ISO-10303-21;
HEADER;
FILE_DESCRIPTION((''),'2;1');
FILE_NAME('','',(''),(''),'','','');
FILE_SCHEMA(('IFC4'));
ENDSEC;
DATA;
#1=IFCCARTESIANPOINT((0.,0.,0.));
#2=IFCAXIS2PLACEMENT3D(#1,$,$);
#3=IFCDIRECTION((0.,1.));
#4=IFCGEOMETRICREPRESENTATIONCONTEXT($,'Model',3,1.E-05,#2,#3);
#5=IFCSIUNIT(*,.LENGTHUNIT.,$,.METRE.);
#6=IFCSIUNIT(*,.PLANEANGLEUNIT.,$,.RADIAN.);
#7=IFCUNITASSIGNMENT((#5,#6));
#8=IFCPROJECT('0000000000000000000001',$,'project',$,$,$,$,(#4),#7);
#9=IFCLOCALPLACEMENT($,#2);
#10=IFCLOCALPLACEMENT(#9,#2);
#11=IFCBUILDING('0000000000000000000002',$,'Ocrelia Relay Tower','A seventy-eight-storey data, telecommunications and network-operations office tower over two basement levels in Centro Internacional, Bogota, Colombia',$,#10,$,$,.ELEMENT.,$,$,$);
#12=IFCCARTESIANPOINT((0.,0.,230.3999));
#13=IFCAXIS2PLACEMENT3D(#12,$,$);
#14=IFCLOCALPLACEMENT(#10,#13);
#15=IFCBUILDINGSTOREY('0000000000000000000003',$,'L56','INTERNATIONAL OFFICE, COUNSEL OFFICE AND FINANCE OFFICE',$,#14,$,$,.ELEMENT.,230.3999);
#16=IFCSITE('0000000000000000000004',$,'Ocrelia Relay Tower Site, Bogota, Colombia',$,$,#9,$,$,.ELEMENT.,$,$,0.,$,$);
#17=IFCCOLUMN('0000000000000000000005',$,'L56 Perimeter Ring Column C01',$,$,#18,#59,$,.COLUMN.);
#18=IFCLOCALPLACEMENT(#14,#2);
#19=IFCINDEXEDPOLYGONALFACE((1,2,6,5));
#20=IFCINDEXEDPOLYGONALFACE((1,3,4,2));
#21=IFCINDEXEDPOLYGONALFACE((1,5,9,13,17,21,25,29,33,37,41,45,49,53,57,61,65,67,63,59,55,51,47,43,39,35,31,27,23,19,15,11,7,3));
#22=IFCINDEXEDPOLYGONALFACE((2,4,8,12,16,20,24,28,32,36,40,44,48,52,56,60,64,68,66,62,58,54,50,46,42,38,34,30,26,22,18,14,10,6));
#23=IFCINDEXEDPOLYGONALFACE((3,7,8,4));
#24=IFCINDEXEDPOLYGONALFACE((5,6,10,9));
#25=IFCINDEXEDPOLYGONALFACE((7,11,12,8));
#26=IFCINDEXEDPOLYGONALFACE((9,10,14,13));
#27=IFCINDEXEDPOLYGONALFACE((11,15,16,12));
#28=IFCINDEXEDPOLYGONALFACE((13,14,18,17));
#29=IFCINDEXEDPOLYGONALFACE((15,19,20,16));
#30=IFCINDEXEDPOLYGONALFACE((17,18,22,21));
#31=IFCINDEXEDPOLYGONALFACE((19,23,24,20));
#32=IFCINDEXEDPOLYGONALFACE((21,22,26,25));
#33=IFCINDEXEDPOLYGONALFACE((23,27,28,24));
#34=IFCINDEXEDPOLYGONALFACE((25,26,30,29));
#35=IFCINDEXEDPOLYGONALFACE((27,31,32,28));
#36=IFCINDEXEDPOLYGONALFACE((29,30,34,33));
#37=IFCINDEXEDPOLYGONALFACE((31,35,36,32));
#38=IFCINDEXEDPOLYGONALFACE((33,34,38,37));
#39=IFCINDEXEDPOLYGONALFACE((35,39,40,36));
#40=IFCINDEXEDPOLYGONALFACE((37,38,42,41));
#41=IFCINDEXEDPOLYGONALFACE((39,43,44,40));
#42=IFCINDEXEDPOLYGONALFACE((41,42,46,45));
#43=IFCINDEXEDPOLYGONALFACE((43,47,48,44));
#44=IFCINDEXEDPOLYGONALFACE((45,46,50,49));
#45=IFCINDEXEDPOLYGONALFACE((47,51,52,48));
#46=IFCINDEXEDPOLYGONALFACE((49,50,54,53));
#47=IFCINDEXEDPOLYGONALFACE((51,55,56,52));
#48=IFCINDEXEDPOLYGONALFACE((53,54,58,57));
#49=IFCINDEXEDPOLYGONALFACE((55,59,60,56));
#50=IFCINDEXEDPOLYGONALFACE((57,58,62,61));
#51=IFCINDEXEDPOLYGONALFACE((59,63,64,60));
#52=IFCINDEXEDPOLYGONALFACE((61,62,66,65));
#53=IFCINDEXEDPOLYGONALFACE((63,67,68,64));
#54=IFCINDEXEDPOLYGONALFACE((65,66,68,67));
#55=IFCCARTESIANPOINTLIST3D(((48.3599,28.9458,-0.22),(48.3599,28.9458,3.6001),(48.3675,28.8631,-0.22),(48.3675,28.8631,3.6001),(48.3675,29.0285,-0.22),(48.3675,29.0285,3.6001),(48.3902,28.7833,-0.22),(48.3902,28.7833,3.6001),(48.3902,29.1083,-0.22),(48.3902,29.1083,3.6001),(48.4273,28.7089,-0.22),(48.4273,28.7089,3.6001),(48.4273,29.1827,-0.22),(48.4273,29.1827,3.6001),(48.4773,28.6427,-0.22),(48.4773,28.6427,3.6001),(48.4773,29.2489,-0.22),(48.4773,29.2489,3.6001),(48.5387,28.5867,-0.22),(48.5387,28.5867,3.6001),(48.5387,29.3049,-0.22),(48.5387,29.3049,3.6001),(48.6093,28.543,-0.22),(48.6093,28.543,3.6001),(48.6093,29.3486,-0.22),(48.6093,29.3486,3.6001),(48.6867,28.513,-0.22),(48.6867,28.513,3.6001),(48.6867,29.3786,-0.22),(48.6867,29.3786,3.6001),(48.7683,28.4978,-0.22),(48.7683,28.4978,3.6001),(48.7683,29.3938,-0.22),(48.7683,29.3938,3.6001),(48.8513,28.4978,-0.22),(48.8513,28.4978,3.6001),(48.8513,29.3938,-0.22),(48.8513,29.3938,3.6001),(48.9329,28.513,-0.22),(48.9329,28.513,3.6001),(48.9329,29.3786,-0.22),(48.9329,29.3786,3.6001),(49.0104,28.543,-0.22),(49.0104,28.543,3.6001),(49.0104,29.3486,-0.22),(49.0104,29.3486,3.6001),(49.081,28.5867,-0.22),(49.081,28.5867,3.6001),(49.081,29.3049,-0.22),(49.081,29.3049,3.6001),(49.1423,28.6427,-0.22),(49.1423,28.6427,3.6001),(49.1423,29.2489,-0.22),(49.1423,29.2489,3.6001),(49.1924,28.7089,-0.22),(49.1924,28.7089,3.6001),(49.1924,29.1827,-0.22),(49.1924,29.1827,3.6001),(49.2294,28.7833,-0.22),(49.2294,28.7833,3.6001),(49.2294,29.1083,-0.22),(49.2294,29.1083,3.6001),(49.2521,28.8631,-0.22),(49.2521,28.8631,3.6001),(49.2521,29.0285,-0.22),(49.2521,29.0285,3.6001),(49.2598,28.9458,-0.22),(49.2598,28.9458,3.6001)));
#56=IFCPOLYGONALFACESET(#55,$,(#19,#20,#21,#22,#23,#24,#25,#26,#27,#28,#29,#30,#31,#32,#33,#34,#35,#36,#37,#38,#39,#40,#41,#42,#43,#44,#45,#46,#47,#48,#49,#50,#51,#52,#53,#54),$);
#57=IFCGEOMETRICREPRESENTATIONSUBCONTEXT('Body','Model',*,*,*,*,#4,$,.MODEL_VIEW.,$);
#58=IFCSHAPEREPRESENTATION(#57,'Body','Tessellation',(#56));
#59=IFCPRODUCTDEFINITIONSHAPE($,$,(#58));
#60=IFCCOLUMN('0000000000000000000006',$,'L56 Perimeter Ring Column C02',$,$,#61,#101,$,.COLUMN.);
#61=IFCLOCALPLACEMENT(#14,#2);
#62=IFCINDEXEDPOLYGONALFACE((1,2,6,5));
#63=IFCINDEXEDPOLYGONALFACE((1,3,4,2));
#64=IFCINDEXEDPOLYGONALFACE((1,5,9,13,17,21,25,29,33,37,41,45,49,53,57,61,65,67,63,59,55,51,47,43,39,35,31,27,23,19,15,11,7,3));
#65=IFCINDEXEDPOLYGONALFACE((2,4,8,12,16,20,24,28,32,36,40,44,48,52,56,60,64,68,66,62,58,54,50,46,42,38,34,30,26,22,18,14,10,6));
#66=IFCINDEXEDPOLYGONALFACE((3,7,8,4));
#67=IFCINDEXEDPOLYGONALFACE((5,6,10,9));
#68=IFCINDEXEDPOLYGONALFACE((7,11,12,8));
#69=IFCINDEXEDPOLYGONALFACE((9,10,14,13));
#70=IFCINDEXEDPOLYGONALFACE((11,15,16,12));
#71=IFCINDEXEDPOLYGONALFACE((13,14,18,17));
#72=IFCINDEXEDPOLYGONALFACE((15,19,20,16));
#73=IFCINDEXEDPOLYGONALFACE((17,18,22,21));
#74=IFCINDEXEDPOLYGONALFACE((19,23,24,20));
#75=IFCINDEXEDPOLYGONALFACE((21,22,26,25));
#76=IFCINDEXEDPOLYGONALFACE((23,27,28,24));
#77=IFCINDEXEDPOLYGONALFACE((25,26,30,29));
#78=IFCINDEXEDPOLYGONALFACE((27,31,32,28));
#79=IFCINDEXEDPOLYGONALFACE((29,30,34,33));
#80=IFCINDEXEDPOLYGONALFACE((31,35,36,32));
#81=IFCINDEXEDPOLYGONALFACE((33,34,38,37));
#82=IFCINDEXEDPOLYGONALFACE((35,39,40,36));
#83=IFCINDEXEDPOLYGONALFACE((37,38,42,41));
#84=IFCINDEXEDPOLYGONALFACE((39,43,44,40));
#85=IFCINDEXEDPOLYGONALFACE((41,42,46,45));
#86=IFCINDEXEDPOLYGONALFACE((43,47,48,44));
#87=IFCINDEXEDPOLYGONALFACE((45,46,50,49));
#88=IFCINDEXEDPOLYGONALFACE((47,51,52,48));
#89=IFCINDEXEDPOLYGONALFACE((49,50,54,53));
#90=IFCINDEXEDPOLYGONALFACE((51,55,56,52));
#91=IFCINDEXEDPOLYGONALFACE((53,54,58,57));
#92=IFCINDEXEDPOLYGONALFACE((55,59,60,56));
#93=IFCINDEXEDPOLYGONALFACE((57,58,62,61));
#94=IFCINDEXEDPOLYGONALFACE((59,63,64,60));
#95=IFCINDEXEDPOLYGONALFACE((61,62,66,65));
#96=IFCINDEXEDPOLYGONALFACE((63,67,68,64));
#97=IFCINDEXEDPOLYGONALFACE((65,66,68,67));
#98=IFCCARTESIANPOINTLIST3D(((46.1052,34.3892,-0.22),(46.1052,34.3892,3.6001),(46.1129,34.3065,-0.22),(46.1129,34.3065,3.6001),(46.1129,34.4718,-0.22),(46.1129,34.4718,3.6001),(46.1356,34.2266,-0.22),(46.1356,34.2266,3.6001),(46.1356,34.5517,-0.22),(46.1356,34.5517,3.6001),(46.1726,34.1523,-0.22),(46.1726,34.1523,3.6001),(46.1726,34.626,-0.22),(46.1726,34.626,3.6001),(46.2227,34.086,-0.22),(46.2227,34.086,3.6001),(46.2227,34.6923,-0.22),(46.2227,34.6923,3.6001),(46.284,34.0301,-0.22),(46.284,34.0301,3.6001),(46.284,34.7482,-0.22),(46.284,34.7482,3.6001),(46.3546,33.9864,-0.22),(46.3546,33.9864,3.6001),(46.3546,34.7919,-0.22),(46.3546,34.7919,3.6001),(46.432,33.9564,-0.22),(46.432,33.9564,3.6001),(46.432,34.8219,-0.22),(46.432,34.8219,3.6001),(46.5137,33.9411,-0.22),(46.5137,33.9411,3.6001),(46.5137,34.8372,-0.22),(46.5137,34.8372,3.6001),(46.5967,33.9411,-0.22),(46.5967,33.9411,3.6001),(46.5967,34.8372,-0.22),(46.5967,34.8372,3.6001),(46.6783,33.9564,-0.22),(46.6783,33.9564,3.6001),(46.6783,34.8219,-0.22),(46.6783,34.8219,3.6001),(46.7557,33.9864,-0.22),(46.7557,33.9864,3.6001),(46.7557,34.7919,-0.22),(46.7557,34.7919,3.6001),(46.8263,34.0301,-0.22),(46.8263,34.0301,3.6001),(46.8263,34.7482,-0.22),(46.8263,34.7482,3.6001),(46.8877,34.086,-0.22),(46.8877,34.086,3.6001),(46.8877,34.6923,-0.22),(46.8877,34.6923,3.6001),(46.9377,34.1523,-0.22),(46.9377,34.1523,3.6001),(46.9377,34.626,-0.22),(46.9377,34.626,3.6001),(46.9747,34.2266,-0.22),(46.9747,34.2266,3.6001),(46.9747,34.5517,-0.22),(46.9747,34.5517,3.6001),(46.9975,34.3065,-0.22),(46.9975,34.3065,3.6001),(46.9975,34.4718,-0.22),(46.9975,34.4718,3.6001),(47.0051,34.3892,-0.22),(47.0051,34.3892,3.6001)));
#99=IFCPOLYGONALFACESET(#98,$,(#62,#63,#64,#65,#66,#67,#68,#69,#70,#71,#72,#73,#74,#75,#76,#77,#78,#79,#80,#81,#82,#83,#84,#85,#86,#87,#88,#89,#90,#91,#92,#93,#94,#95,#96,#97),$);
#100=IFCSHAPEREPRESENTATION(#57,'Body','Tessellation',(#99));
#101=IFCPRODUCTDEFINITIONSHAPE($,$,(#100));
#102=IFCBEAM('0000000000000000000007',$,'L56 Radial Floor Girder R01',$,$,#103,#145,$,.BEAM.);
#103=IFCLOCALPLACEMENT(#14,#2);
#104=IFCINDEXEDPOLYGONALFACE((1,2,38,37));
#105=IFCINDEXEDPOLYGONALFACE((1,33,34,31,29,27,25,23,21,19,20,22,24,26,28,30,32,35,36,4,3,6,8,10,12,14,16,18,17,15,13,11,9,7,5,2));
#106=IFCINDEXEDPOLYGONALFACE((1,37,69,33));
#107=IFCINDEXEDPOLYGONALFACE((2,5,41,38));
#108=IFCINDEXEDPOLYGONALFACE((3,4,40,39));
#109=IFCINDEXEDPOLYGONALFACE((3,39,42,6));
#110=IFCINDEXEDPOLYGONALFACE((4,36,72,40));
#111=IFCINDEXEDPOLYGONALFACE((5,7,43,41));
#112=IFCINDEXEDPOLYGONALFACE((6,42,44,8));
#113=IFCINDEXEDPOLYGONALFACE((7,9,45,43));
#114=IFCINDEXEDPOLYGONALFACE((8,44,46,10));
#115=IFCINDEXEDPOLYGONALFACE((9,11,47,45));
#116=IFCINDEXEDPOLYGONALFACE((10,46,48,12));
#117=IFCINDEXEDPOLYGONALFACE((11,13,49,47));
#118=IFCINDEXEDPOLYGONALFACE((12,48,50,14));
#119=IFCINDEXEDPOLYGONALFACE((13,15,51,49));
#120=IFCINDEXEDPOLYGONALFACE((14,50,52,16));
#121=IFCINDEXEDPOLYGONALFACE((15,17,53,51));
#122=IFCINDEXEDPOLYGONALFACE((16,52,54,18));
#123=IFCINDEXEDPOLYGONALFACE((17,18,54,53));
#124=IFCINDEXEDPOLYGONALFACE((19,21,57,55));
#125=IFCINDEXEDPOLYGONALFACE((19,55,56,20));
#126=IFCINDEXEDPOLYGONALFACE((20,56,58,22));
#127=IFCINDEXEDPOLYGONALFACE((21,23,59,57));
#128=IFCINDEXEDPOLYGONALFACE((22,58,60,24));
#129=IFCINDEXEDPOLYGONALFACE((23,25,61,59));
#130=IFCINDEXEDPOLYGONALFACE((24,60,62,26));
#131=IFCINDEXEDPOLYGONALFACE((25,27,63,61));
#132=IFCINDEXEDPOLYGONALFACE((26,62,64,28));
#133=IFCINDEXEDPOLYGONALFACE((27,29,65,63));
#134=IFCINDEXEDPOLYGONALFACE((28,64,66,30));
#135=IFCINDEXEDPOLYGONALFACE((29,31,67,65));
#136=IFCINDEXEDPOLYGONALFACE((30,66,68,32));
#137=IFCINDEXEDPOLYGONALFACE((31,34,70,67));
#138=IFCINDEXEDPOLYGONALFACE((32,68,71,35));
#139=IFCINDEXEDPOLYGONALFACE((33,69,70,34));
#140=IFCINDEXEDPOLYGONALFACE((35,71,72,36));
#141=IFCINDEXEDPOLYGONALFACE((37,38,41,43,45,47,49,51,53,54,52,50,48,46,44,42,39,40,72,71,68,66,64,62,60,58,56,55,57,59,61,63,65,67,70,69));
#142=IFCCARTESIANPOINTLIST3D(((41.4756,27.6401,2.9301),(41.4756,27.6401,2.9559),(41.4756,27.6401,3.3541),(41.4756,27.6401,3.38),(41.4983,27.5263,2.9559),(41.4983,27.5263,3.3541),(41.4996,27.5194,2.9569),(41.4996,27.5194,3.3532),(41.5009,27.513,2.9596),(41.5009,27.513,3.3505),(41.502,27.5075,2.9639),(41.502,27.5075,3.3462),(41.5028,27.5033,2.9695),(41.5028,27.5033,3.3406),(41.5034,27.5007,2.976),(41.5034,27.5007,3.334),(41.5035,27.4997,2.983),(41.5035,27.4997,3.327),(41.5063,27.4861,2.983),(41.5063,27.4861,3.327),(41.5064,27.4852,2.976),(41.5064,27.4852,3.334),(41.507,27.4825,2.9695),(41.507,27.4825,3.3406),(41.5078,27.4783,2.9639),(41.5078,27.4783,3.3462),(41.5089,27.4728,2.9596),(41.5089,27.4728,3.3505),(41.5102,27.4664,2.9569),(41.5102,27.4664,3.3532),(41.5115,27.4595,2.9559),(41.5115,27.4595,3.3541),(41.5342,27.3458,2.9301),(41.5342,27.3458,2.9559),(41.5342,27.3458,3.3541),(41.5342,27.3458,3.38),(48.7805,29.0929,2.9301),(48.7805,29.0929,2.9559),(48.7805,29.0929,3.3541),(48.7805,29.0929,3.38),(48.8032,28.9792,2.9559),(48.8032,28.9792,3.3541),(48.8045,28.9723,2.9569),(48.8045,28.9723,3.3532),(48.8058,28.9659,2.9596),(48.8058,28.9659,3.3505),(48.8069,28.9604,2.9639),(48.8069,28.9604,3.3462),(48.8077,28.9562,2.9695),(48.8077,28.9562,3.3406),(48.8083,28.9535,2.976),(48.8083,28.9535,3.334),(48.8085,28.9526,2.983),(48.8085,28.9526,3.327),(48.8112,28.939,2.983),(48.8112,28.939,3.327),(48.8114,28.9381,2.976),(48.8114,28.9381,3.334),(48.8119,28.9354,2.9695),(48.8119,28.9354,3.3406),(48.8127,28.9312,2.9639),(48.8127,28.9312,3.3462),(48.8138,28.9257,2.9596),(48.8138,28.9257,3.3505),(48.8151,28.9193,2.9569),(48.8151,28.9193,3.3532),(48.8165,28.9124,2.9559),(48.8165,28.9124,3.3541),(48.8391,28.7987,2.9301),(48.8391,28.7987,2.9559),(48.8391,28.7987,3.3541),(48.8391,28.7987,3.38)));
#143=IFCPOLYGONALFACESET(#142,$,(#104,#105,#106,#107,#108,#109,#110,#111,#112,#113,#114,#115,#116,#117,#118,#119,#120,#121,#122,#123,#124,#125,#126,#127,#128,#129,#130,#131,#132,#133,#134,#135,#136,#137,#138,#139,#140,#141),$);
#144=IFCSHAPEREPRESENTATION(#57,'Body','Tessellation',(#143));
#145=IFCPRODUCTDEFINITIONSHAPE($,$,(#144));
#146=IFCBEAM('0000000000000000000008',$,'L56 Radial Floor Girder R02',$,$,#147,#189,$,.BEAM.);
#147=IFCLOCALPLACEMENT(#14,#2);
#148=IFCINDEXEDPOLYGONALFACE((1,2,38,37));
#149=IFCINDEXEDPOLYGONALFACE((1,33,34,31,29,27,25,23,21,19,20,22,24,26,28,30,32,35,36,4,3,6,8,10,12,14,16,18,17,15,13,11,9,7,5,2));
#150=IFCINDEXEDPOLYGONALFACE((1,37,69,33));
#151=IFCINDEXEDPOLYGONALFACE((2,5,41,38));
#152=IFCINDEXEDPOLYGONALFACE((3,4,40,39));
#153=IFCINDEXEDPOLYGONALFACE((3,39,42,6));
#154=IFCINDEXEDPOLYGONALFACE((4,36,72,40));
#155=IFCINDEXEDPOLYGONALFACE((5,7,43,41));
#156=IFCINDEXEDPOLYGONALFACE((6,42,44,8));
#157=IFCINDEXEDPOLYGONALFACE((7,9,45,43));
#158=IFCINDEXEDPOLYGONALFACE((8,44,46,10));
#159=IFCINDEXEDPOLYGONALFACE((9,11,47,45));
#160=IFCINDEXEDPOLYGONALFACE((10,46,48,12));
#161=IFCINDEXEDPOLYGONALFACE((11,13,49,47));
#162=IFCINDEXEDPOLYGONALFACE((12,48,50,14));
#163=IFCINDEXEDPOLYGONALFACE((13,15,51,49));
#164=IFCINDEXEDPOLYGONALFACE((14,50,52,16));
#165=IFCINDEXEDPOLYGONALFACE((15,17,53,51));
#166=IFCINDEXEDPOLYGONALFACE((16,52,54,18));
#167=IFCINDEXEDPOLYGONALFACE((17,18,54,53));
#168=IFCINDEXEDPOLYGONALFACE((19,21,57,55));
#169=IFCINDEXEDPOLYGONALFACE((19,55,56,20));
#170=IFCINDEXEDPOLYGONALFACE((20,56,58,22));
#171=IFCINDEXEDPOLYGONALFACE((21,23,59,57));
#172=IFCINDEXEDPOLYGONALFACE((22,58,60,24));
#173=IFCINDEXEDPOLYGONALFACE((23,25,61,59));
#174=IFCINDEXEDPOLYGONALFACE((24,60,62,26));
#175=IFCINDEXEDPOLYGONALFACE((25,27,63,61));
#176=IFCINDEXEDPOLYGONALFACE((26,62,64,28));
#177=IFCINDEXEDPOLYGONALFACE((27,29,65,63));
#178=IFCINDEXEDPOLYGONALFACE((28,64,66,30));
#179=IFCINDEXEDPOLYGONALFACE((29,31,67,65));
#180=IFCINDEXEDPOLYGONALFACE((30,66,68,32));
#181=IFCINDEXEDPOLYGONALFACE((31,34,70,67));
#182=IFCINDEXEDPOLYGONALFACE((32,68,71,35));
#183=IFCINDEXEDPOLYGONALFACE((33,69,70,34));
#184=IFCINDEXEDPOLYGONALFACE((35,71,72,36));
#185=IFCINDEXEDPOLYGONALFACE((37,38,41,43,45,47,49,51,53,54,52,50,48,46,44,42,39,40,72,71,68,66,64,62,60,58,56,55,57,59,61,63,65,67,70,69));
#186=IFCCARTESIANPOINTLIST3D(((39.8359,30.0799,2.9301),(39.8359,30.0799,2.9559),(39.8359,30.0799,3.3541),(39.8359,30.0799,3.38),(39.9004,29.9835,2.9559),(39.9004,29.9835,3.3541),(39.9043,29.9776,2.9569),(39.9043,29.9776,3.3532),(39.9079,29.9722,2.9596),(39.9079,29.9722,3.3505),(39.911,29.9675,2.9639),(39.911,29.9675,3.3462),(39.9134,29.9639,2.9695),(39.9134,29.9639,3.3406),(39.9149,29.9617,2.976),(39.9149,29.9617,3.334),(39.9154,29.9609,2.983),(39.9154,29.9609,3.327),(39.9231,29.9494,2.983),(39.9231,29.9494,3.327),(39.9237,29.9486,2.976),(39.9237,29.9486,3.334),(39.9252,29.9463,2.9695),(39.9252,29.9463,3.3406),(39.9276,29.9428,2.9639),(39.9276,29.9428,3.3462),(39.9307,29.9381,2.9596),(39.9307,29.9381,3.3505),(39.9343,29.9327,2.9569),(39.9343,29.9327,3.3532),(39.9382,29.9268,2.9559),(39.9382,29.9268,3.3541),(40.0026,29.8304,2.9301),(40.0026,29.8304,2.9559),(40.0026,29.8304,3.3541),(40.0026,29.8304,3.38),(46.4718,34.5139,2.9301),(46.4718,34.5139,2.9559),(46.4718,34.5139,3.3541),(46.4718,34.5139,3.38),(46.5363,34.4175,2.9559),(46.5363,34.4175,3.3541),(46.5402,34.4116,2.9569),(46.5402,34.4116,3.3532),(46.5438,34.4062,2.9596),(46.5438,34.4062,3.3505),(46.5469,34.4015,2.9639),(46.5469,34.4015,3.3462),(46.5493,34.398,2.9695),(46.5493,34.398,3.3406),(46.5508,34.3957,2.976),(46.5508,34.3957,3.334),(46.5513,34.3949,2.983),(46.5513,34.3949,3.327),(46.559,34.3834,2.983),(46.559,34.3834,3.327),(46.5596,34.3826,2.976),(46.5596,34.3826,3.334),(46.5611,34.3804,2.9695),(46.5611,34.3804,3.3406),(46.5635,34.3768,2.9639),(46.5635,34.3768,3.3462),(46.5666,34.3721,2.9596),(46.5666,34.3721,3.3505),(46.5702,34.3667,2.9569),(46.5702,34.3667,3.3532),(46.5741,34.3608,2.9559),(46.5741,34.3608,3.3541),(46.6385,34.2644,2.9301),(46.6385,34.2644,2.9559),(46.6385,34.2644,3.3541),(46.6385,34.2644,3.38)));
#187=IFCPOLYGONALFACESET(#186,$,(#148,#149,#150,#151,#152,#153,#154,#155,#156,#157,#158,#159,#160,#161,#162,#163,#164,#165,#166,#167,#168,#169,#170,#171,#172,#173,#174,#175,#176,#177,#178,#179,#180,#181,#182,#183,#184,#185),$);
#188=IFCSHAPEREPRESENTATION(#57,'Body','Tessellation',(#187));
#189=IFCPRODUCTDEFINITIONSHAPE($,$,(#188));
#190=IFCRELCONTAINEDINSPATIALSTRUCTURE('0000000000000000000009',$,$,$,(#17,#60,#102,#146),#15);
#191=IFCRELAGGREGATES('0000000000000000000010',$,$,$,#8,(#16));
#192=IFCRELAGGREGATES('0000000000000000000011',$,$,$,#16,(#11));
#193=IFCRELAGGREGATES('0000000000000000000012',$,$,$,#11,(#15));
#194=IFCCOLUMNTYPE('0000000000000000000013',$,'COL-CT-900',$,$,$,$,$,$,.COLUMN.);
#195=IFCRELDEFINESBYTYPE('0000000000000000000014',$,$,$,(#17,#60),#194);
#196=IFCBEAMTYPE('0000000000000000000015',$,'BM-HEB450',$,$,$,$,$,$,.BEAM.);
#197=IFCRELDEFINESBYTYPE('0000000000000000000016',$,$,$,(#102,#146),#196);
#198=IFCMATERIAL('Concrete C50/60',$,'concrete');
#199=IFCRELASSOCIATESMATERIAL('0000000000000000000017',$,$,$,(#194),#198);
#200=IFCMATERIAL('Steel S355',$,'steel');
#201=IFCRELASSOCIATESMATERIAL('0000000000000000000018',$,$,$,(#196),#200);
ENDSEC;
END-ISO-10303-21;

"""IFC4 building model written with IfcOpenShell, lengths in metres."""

from ifc_helpers import new_model, si_unit, direction, frame, origin, origin_2d, place, context, subcontext, project, spatial, circle, i_section, extrude, material, material_profile, profile_set, type_object, element, save


model = new_model("IFC4")

# Units and contexts
model_context = context("Model", 3, precision=1e-05, world=origin(), true_north=direction((0.0, 1.0)))
body_context = subcontext(model_context, "Body", "Model", "MODEL_VIEW")
ifc_project = project(units=[si_unit("LENGTHUNIT", "METRE"), si_unit("PLANEANGLEUNIT", "RADIAN")], contexts=[model_context])

# Site, building, storey
site_placement = place(None, origin())
site = spatial("IfcSite", under=ifc_project, at=site_placement, Name="Ocrelia Relay Tower Site, Bogota, Colombia", CompositionType="ELEMENT", RefElevation=0.0)
building_placement = place(site_placement, origin())
building = spatial("IfcBuilding", under=site, at=building_placement, Name="Ocrelia Relay Tower", Description="A seventy-eight-storey data, telecommunications and network-operations office tower over two basement levels in Centro Internacional, Bogota, Colombia", CompositionType="ELEMENT")
storey_placement = place(building_placement, frame((0.0, 0.0, 230.3999)))
storey = spatial("IfcBuildingStorey", under=building, at=storey_placement, Name="L56", Description="INTERNATIONAL OFFICE, COUNSEL OFFICE AND FINANCE OFFICE", CompositionType="ELEMENT", Elevation=230.3999)

# Columns
ifc_material_1 = material(Name="Concrete C50/60", Category="concrete")
ifc_material_profile_1 = material_profile(ifc_material_1, circle(Radius=0.45, at=origin_2d()), Name="RC-CIR-900")
ifc_profile_set_1 = profile_set([ifc_material_profile_1], Name="Concrete C50/60")
column_type = type_object("IfcColumnType", Name="COL-CT-900", PredefinedType="COLUMN", material=ifc_profile_set_1)
for number, where, z_axis, x_axis, name in (
    (1, (48.8098, 28.9458, -0.22), (0.0, 0.0, 1.0), (1.0, 0.0, 0.0), "L56 Perimeter Ring Column C01"),
    (2, (46.5552, 34.3892, -0.22), (0.0, 0.0, 1.0), (1.0, 0.0, 0.0), "L56 Perimeter Ring Column C02"),
):
    element("IfcColumn", number, at=place(storey_placement, frame(where, z_axis=z_axis, x_axis=x_axis)), inside=storey, type_object=column_type, Name=name, PredefinedType="COLUMN", context=body_context, shape_type="SweptSolid", body=[
        extrude(circle(Radius=0.45, at=origin_2d()), origin(), (0.0, 0.0, 1.0), 3.8201),
    ])

# Beams
ifc_material_2 = material(Name="Steel S355", Category="steel")
ifc_material_profile_2 = material_profile(ifc_material_2, i_section(OverallWidth=0.3, OverallDepth=0.45, WebThickness=0.0139, FlangeThickness=0.0259, FilletRadius=0.0271, at=origin_2d()), Name="HEB 450")
ifc_profile_set_2 = profile_set([ifc_material_profile_2], Name="Steel S355")
beam_type_1 = type_object("IfcBeamType", Name="BM-HEB450", PredefinedType="BEAM", material=ifc_profile_set_2)
beam_1_placement = place(storey_placement, frame((48.8098, 28.9458, 3.155), z_axis=(-0.980789, -0.19507, 0.0), x_axis=(0.19507, -0.980789, 0.0)))
element("IfcBeam", 3, at=beam_1_placement, inside=storey, type_object=beam_type_1, Name="L56 Radial Floor Girder R01", PredefinedType="BEAM", context=body_context, shape_type="SweptSolid", body=[
    extrude(i_section(OverallWidth=0.3, OverallDepth=0.45, WebThickness=0.0139, FlangeThickness=0.0259, FilletRadius=0.0271, at=origin_2d()), origin(), (0.0, 0.0, 1.0), 7.448),
])
beam_2_placement = place(storey_placement, frame((46.5552, 34.3892, 3.155), z_axis=(-0.831466, -0.555575, 0.0), x_axis=(0.555575, -0.831466, 0.0)))
element("IfcBeam", 4, at=beam_2_placement, inside=storey, type_object=beam_type_1, Name="L56 Radial Floor Girder R02", PredefinedType="BEAM", context=body_context, shape_type="SweptSolid", body=[
    extrude(i_section(OverallWidth=0.3, OverallDepth=0.45, WebThickness=0.0139, FlangeThickness=0.0259, FilletRadius=0.0271, at=origin_2d()), origin(), (0.0, 0.0, 1.0), 7.981),
])

save(model, "model.ifc")
